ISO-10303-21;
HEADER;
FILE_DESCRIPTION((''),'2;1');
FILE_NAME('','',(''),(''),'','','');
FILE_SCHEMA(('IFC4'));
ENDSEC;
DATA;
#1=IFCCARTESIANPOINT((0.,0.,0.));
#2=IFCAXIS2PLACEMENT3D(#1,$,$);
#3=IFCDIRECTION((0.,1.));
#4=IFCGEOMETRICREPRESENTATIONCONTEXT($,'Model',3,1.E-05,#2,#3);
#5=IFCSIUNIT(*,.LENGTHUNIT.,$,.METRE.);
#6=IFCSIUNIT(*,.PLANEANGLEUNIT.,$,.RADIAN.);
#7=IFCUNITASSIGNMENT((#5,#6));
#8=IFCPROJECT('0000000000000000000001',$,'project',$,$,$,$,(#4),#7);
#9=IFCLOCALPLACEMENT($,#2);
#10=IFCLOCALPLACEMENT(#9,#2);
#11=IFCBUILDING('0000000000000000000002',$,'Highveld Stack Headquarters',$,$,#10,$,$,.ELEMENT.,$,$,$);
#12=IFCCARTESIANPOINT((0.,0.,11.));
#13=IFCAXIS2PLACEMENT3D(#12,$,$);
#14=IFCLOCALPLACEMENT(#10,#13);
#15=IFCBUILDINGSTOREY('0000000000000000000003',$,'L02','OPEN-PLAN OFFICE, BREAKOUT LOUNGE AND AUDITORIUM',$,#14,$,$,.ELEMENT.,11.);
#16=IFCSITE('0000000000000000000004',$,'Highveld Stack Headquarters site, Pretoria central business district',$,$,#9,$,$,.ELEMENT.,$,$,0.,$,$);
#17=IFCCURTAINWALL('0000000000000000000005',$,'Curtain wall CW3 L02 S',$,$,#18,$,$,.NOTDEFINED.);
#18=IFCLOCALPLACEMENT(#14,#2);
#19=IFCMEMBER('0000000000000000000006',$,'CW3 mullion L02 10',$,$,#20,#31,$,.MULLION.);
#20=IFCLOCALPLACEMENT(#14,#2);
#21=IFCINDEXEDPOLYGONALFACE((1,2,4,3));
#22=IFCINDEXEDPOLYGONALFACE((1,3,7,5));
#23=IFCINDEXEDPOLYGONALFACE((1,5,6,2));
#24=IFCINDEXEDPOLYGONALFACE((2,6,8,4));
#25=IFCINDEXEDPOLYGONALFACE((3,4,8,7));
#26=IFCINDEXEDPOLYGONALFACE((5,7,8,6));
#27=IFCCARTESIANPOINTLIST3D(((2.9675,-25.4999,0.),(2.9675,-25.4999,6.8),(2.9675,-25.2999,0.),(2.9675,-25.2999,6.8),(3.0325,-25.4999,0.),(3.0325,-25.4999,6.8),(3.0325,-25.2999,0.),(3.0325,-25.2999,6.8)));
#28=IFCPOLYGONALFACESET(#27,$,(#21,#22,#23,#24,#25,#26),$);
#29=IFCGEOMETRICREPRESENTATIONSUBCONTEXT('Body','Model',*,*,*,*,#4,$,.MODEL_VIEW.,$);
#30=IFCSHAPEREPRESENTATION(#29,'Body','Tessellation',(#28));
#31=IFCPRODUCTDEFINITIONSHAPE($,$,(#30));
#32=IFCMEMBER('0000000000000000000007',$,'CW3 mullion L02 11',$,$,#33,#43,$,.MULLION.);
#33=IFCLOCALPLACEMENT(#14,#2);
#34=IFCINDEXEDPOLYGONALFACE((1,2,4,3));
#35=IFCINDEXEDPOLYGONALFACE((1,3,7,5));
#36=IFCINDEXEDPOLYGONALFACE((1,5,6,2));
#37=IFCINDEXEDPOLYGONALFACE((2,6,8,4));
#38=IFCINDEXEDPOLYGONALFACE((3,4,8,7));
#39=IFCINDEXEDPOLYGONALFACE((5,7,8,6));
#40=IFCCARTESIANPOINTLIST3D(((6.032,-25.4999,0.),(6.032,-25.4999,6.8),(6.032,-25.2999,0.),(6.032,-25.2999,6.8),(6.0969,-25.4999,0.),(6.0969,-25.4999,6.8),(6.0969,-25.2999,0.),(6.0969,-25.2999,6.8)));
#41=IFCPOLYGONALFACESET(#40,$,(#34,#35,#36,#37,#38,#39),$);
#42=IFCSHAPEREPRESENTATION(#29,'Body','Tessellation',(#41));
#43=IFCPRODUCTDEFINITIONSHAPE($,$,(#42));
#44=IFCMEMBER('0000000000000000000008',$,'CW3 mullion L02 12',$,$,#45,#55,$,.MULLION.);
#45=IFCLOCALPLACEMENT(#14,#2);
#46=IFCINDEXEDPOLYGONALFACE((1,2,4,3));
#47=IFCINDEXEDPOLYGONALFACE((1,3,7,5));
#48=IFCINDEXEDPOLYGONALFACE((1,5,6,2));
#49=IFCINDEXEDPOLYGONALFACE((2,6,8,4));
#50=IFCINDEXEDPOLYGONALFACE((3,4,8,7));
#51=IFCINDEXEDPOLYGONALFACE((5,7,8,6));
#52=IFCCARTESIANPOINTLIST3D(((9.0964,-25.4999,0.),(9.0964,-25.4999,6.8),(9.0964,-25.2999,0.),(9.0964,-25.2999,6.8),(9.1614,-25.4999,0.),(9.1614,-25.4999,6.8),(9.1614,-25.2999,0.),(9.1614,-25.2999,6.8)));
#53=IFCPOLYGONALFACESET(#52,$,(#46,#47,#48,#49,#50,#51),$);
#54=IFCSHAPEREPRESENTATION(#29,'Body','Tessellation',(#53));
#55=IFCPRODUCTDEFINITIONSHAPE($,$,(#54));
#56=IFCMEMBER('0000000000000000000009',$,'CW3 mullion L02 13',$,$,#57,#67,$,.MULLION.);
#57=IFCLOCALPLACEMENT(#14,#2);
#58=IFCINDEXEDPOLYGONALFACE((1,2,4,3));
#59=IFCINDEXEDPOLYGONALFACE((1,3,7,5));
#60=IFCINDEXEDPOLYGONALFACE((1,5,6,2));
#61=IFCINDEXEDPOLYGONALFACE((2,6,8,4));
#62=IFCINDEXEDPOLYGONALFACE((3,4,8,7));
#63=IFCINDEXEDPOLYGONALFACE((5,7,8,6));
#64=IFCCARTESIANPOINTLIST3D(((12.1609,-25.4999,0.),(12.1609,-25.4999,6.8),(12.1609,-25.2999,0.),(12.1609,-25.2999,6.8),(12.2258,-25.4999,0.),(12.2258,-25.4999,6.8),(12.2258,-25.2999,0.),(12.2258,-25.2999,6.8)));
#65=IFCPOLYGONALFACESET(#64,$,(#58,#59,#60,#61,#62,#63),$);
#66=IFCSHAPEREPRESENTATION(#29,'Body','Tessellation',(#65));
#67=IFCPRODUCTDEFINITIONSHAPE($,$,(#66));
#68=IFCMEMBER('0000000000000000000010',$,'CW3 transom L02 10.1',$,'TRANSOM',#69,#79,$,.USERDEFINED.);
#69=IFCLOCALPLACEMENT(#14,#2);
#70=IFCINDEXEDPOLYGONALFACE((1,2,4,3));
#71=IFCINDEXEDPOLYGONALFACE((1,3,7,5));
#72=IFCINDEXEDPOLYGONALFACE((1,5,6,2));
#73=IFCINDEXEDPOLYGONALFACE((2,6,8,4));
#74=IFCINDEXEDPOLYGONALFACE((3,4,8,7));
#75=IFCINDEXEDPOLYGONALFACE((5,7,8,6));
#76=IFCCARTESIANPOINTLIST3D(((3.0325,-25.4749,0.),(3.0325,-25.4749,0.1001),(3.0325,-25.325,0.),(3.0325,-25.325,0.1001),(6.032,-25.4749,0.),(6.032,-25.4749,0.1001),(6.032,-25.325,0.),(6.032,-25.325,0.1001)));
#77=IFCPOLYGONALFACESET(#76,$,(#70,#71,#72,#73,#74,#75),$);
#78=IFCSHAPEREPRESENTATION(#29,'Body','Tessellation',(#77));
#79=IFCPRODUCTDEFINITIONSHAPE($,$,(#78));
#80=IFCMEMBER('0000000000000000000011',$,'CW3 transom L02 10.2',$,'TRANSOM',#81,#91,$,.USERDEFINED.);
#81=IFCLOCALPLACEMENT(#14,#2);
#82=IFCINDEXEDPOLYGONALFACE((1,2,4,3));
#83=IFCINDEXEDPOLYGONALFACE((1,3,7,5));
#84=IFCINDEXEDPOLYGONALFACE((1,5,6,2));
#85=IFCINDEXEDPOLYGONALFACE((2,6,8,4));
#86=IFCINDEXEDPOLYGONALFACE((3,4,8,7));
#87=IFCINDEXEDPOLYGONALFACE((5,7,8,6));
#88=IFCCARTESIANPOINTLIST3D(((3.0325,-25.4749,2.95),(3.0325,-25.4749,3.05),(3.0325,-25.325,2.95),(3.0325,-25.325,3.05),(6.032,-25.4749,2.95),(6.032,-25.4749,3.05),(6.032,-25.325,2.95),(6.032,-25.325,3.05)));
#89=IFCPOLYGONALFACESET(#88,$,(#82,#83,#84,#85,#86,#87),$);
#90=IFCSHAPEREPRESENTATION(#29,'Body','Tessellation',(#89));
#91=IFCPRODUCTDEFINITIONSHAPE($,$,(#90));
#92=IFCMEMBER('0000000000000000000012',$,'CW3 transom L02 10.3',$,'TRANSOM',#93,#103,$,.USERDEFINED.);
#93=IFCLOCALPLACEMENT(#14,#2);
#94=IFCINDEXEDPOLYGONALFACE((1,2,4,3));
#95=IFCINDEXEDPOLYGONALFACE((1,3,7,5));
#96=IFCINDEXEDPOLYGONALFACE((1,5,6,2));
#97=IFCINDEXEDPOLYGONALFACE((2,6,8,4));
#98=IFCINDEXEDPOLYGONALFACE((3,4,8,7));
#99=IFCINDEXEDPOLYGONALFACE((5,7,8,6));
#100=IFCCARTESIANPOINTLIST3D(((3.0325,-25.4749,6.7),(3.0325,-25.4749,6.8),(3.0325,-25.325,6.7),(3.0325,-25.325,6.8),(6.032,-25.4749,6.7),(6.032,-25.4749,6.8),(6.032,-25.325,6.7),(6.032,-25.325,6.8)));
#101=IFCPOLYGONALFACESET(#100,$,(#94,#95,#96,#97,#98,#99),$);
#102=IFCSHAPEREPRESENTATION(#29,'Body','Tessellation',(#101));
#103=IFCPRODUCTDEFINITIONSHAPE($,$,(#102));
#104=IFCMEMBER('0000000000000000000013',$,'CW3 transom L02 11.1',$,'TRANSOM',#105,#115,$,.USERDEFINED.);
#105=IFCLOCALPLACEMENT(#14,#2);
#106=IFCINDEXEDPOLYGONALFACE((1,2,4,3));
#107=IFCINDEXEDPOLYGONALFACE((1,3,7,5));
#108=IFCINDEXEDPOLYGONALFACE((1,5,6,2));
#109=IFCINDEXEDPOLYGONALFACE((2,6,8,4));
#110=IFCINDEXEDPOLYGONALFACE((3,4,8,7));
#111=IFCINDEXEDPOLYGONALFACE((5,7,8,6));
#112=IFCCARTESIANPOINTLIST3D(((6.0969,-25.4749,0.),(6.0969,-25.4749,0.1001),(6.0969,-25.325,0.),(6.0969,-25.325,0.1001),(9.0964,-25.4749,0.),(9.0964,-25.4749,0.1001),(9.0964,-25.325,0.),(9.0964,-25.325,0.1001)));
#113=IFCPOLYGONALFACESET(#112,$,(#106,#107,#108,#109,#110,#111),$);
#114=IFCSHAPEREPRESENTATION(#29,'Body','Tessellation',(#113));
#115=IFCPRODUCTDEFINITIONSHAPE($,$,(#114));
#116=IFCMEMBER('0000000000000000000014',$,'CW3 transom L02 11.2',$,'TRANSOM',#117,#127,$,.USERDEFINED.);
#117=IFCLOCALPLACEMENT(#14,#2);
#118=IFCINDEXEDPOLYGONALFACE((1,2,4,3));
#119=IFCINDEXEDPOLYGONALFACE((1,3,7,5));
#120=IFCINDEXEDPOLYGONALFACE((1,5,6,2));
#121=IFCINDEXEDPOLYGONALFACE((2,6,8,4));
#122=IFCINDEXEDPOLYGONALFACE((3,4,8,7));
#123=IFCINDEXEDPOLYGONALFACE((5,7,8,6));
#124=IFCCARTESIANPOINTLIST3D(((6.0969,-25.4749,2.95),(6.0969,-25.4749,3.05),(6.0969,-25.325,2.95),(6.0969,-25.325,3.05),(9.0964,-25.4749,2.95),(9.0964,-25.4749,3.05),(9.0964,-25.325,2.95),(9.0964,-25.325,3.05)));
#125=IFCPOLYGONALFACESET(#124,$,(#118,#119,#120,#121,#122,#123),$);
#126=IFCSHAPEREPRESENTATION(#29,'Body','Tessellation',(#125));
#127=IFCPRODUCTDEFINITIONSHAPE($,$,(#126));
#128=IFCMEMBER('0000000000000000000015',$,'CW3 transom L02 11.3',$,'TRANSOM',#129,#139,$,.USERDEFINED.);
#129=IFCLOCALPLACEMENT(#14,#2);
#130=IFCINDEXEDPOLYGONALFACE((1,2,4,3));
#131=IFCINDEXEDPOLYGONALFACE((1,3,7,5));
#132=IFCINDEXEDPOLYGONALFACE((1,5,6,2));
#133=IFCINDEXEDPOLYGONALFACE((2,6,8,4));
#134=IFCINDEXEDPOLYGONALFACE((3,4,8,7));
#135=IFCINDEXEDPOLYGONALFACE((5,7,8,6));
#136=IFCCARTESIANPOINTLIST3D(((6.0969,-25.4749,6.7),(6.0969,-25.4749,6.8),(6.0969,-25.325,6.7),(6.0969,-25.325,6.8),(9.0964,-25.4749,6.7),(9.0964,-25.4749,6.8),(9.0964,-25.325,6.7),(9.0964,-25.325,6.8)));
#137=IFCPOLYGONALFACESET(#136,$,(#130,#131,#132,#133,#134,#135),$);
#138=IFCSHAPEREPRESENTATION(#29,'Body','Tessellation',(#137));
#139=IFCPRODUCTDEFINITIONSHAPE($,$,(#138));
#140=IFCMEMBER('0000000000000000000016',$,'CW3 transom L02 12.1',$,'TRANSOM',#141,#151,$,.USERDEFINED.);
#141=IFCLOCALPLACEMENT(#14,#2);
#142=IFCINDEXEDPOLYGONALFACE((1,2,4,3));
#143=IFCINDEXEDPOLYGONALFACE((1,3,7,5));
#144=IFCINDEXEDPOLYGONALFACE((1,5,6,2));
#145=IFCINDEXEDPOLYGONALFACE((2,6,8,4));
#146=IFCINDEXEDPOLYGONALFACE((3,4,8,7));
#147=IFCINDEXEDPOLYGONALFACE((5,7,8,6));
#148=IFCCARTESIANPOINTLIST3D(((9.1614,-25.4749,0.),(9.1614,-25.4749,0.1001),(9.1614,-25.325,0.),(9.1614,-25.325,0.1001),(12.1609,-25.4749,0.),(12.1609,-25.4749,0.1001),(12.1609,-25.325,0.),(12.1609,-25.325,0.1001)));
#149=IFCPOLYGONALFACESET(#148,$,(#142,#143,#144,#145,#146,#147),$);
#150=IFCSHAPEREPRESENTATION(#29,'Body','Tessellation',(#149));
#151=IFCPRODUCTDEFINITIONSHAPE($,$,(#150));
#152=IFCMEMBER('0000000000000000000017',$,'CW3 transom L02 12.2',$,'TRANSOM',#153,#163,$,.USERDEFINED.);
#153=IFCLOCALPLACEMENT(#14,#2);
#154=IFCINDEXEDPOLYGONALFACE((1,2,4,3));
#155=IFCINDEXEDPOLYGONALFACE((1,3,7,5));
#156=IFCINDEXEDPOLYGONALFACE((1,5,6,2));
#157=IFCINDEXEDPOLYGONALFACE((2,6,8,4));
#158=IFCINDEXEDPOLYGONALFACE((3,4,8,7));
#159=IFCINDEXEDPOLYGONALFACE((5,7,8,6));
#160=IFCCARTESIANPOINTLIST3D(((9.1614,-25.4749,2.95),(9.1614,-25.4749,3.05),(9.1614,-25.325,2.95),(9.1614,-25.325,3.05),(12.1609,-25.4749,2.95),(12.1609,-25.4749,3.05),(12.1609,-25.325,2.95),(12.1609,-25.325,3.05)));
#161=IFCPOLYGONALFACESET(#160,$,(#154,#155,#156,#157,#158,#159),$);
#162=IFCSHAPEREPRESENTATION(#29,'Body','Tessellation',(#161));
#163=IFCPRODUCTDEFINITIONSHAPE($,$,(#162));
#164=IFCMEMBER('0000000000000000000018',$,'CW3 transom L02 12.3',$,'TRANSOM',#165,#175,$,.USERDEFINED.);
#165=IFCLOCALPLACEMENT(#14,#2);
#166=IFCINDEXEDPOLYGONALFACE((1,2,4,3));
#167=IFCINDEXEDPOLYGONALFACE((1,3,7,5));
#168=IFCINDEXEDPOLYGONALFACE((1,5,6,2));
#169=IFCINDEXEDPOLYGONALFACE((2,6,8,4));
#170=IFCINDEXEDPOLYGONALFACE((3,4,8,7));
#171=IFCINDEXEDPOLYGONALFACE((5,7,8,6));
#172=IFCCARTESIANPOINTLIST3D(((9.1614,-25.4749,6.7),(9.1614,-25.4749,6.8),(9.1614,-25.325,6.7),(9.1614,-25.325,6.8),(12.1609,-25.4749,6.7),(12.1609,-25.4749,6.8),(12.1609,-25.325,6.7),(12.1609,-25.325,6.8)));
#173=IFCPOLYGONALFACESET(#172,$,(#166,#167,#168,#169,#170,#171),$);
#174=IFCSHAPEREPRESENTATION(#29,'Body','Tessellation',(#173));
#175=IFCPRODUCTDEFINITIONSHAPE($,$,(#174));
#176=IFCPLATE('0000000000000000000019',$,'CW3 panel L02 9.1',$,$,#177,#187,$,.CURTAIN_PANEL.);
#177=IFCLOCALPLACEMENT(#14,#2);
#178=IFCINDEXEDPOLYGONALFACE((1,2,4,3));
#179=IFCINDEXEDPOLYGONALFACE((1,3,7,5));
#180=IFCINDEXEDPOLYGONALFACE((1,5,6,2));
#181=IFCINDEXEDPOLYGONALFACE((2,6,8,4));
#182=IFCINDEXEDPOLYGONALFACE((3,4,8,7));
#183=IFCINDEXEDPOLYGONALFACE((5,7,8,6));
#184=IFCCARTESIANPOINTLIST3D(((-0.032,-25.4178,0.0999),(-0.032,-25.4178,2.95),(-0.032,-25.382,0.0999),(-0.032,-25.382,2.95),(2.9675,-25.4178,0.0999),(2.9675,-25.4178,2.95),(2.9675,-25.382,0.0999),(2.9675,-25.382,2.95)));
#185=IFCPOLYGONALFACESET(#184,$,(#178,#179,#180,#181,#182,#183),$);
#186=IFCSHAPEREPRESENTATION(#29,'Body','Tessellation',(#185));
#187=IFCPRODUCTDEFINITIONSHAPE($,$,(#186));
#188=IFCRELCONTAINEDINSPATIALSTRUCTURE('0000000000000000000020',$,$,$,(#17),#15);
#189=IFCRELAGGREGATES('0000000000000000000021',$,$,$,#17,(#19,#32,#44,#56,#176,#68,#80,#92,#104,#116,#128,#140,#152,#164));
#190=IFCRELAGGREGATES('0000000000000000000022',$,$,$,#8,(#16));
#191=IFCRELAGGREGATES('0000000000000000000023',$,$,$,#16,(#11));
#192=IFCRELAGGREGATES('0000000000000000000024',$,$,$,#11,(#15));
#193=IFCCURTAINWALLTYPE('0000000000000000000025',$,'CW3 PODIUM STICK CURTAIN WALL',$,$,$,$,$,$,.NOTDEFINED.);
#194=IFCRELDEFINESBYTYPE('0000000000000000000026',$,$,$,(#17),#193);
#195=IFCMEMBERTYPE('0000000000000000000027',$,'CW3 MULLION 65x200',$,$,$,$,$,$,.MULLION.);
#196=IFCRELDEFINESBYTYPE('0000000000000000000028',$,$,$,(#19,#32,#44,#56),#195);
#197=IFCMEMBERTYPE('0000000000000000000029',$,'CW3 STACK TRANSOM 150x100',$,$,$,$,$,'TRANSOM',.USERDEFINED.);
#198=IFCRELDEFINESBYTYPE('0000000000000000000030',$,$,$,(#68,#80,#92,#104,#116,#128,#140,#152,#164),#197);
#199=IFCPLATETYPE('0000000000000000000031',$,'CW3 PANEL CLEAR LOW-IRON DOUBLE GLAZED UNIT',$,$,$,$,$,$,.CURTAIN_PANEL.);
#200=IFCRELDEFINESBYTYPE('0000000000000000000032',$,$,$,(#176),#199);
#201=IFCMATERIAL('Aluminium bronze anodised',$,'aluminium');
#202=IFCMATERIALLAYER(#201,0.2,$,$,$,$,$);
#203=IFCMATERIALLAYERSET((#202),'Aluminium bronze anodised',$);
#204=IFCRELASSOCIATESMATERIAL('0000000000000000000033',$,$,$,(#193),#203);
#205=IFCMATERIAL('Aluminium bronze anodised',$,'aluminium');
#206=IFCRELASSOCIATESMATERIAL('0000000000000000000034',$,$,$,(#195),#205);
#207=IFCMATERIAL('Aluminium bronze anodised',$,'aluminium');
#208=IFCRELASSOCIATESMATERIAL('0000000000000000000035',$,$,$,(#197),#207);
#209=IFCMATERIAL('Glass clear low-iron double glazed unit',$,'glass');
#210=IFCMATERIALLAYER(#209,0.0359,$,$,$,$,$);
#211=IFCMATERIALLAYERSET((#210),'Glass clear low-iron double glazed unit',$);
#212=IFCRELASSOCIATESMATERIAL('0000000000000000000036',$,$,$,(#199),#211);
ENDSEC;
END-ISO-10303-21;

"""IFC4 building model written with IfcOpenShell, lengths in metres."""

from ifc_helpers import new_model, si_unit, direction, frame, origin, origin_2d, place, context, subcontext, project, spatial, rectangle, extrude, material, layer, layer_set, material_profile, profile_set, type_object, element, aggregate, save


model = new_model("IFC4")

# Units and contexts
model_context = context("Model", 3, precision=1e-05, world=origin(), true_north=direction((0.0, 1.0)))
body_context = subcontext(model_context, "Body", "Model", "MODEL_VIEW")
ifc_project = project(units=[si_unit("LENGTHUNIT", "METRE"), si_unit("PLANEANGLEUNIT", "RADIAN")], contexts=[model_context])

# Site, building, storey
site_placement = place(None, origin())
site = spatial("IfcSite", under=ifc_project, at=site_placement, Name="Highveld Stack Headquarters site, Pretoria central business district", CompositionType="ELEMENT", RefElevation=0.0)
building_placement = place(site_placement, origin())
building = spatial("IfcBuilding", under=site, at=building_placement, Name="Highveld Stack Headquarters", CompositionType="ELEMENT")
storey_placement = place(building_placement, frame((0.0, 0.0, 11.0)))
storey = spatial("IfcBuildingStorey", under=building, at=storey_placement, Name="L02", Description="OPEN-PLAN OFFICE, BREAKOUT LOUNGE AND AUDITORIUM", CompositionType="ELEMENT", Elevation=11.0)

# Curtain wall, members, plate
ifc_material_1 = material(Name="Aluminium bronze anodised", Category="aluminium")
ifc_layer_1 = layer(ifc_material_1, 0.2)
ifc_layer_set_1 = layer_set([ifc_layer_1], Name="Aluminium bronze anodised")
curtain_wall_type = type_object("IfcCurtainWallType", Name="CW3 PODIUM STICK CURTAIN WALL", PredefinedType="NOTDEFINED", material=ifc_layer_set_1)
curtain_wall_placement = place(storey_placement, origin())
curtain_wall = element("IfcCurtainWall", 1, at=curtain_wall_placement, inside=storey, type_object=curtain_wall_type, Name="Curtain wall CW3 L02 S", PredefinedType="NOTDEFINED")
ifc_material_2 = material(Name="Aluminium bronze anodised", Category="aluminium")
ifc_material_profile_1 = material_profile(ifc_material_2, rectangle(XDim=0.2, YDim=0.0649, at=origin_2d()), Name="CW3 MULLION 65x200")
ifc_profile_set_1 = profile_set([ifc_material_profile_1], Name="Aluminium bronze anodised")
member_type_1 = type_object("IfcMemberType", Name="CW3 MULLION 65x200", PredefinedType="MULLION", material=ifc_profile_set_1)
member_1_placement = place(storey_placement, frame((3.0, -25.3999, 0.0), z_axis=(0.0, 0.0, 1.0), x_axis=(0.0, 1.0, 0.0)))
member_1 = element("IfcMember", 2, at=member_1_placement, type_object=member_type_1, Name="CW3 mullion L02 10", PredefinedType="MULLION", context=body_context, shape_type="SweptSolid", body=[
    extrude(rectangle(XDim=0.2, YDim=0.0649, at=origin_2d()), origin(), (0.0, 0.0, 1.0), 6.8),
])
member_2_placement = place(storey_placement, frame((6.0645, -25.3999, 0.0), z_axis=(0.0, 0.0, 1.0), x_axis=(0.0, 1.0, 0.0)))
member_2 = element("IfcMember", 3, at=member_2_placement, type_object=member_type_1, Name="CW3 mullion L02 11", PredefinedType="MULLION", context=body_context, shape_type="SweptSolid", body=[
    extrude(rectangle(XDim=0.2, YDim=0.0649, at=origin_2d()), origin(), (0.0, 0.0, 1.0), 6.8),
])
member_3_placement = place(storey_placement, frame((9.1289, -25.3999, 0.0), z_axis=(0.0, 0.0, 1.0), x_axis=(0.0, 1.0, 0.0)))
member_3 = element("IfcMember", 4, at=member_3_placement, type_object=member_type_1, Name="CW3 mullion L02 12", PredefinedType="MULLION", context=body_context, shape_type="SweptSolid", body=[
    extrude(rectangle(XDim=0.2, YDim=0.0649, at=origin_2d()), origin(), (0.0, 0.0, 1.0), 6.8),
])
member_4_placement = place(storey_placement, frame((12.1934, -25.3999, 0.0), z_axis=(0.0, 0.0, 1.0), x_axis=(0.0, 1.0, 0.0)))
member_4 = element("IfcMember", 5, at=member_4_placement, type_object=member_type_1, Name="CW3 mullion L02 13", PredefinedType="MULLION", context=body_context, shape_type="SweptSolid", body=[
    extrude(rectangle(XDim=0.2, YDim=0.0649, at=origin_2d()), origin(), (0.0, 0.0, 1.0), 6.8),
])
ifc_material_3 = material(Name="Aluminium bronze anodised", Category="aluminium")
ifc_material_profile_2 = material_profile(ifc_material_3, rectangle(XDim=0.1499, YDim=0.1001, at=origin_2d()), Name="CW3 TRANSOM 150x100")
ifc_profile_set_2 = profile_set([ifc_material_profile_2], Name="Aluminium bronze anodised")
member_type_2 = type_object("IfcMemberType", Name="CW3 STACK TRANSOM 150x100", ElementType="TRANSOM", PredefinedType="USERDEFINED", material=ifc_profile_set_2)
member_5_placement = place(storey_placement, frame((3.0325, -25.3999, 0.05), z_axis=(1.0, 0.0, 0.0), x_axis=(0.0, 1.0, 0.0)))
member_5 = element("IfcMember", 6, at=member_5_placement, type_object=member_type_2, Name="CW3 transom L02 10.1", ObjectType="TRANSOM", PredefinedType="USERDEFINED", context=body_context, shape_type="SweptSolid", body=[
    extrude(rectangle(XDim=0.1499, YDim=0.1001, at=origin_2d()), origin(), (0.0, 0.0, 1.0), 2.9995),
])
member_6_placement = place(storey_placement, frame((3.0325, -25.3999, 3.0), z_axis=(1.0, 0.0, 0.0), x_axis=(0.0, 1.0, 0.0)))
member_6 = element("IfcMember", 7, at=member_6_placement, type_object=member_type_2, Name="CW3 transom L02 10.2", ObjectType="TRANSOM", PredefinedType="USERDEFINED", context=body_context, shape_type="SweptSolid", body=[
    extrude(rectangle(XDim=0.1499, YDim=0.1001, at=origin_2d()), origin(), (0.0, 0.0, 1.0), 2.9995),
])
member_7_placement = place(storey_placement, frame((3.0325, -25.3999, 6.75), z_axis=(1.0, 0.0, 0.0), x_axis=(0.0, 1.0, 0.0)))
member_7 = element("IfcMember", 8, at=member_7_placement, type_object=member_type_2, Name="CW3 transom L02 10.3", ObjectType="TRANSOM", PredefinedType="USERDEFINED", context=body_context, shape_type="SweptSolid", body=[
    extrude(rectangle(XDim=0.1499, YDim=0.1001, at=origin_2d()), origin(), (0.0, 0.0, 1.0), 2.9995),
])
member_8_placement = place(storey_placement, frame((6.0969, -25.3999, 0.05), z_axis=(1.0, 0.0, 0.0), x_axis=(0.0, 1.0, 0.0)))
member_8 = element("IfcMember", 9, at=member_8_placement, type_object=member_type_2, Name="CW3 transom L02 11.1", ObjectType="TRANSOM", PredefinedType="USERDEFINED", context=body_context, shape_type="SweptSolid", body=[
    extrude(rectangle(XDim=0.1499, YDim=0.1001, at=origin_2d()), origin(), (0.0, 0.0, 1.0), 2.9995),
])
member_9_placement = place(storey_placement, frame((6.0969, -25.3999, 3.0), z_axis=(1.0, 0.0, 0.0), x_axis=(0.0, 1.0, 0.0)))
member_9 = element("IfcMember", 10, at=member_9_placement, type_object=member_type_2, Name="CW3 transom L02 11.2", ObjectType="TRANSOM", PredefinedType="USERDEFINED", context=body_context, shape_type="SweptSolid", body=[
    extrude(rectangle(XDim=0.1499, YDim=0.1001, at=origin_2d()), origin(), (0.0, 0.0, 1.0), 2.9995),
])
member_10_placement = place(storey_placement, frame((6.0969, -25.3999, 6.75), z_axis=(1.0, 0.0, 0.0), x_axis=(0.0, 1.0, 0.0)))
member_10 = element("IfcMember", 11, at=member_10_placement, type_object=member_type_2, Name="CW3 transom L02 11.3", ObjectType="TRANSOM", PredefinedType="USERDEFINED", context=body_context, shape_type="SweptSolid", body=[
    extrude(rectangle(XDim=0.1499, YDim=0.1001, at=origin_2d()), origin(), (0.0, 0.0, 1.0), 2.9995),
])
member_11_placement = place(storey_placement, frame((9.1614, -25.3999, 0.05), z_axis=(1.0, 0.0, 0.0), x_axis=(0.0, 1.0, 0.0)))
member_11 = element("IfcMember", 12, at=member_11_placement, type_object=member_type_2, Name="CW3 transom L02 12.1", ObjectType="TRANSOM", PredefinedType="USERDEFINED", context=body_context, shape_type="SweptSolid", body=[
    extrude(rectangle(XDim=0.1499, YDim=0.1001, at=origin_2d()), origin(), (0.0, 0.0, 1.0), 2.9995),
])
member_12_placement = place(storey_placement, frame((9.1614, -25.3999, 3.0), z_axis=(1.0, 0.0, 0.0), x_axis=(0.0, 1.0, 0.0)))
member_12 = element("IfcMember", 13, at=member_12_placement, type_object=member_type_2, Name="CW3 transom L02 12.2", ObjectType="TRANSOM", PredefinedType="USERDEFINED", context=body_context, shape_type="SweptSolid", body=[
    extrude(rectangle(XDim=0.1499, YDim=0.1001, at=origin_2d()), origin(), (0.0, 0.0, 1.0), 2.9995),
])
member_13_placement = place(storey_placement, frame((9.1614, -25.3999, 6.75), z_axis=(1.0, 0.0, 0.0), x_axis=(0.0, 1.0, 0.0)))
member_13 = element("IfcMember", 14, at=member_13_placement, type_object=member_type_2, Name="CW3 transom L02 12.3", ObjectType="TRANSOM", PredefinedType="USERDEFINED", context=body_context, shape_type="SweptSolid", body=[
    extrude(rectangle(XDim=0.1499, YDim=0.1001, at=origin_2d()), origin(), (0.0, 0.0, 1.0), 2.9995),
])
ifc_material_4 = material(Name="Glass clear low-iron double glazed unit", Category="glass")
ifc_layer_2 = layer(ifc_material_4, 0.0359)
ifc_layer_set_2 = layer_set([ifc_layer_2], Name="Glass clear low-iron double glazed unit")
plate_type = type_object("IfcPlateType", Name="CW3 PANEL CLEAR LOW-IRON DOUBLE GLAZED UNIT", PredefinedType="CURTAIN_PANEL", material=ifc_layer_set_2)
plate_1_placement = place(storey_placement, frame((1.4678, -25.3999, 0.0999), z_axis=(0.0, 0.0, 1.0), x_axis=(1.0, 0.0, 0.0)))
plate_1 = element("IfcPlate", 15, at=plate_1_placement, type_object=plate_type, Name="CW3 panel L02 9.1", PredefinedType="CURTAIN_PANEL", context=body_context, shape_type="SweptSolid", body=[
    extrude(rectangle(XDim=2.9995, YDim=0.0359, at=origin_2d()), origin(), (0.0, 0.0, 1.0), 2.8501),
])
aggregate(curtain_wall, [member_1, member_2, member_3, member_4, plate_1, member_5, member_6, member_7, member_8, member_9, member_10, member_11, member_12, member_13])

save(model, "model.ifc")
